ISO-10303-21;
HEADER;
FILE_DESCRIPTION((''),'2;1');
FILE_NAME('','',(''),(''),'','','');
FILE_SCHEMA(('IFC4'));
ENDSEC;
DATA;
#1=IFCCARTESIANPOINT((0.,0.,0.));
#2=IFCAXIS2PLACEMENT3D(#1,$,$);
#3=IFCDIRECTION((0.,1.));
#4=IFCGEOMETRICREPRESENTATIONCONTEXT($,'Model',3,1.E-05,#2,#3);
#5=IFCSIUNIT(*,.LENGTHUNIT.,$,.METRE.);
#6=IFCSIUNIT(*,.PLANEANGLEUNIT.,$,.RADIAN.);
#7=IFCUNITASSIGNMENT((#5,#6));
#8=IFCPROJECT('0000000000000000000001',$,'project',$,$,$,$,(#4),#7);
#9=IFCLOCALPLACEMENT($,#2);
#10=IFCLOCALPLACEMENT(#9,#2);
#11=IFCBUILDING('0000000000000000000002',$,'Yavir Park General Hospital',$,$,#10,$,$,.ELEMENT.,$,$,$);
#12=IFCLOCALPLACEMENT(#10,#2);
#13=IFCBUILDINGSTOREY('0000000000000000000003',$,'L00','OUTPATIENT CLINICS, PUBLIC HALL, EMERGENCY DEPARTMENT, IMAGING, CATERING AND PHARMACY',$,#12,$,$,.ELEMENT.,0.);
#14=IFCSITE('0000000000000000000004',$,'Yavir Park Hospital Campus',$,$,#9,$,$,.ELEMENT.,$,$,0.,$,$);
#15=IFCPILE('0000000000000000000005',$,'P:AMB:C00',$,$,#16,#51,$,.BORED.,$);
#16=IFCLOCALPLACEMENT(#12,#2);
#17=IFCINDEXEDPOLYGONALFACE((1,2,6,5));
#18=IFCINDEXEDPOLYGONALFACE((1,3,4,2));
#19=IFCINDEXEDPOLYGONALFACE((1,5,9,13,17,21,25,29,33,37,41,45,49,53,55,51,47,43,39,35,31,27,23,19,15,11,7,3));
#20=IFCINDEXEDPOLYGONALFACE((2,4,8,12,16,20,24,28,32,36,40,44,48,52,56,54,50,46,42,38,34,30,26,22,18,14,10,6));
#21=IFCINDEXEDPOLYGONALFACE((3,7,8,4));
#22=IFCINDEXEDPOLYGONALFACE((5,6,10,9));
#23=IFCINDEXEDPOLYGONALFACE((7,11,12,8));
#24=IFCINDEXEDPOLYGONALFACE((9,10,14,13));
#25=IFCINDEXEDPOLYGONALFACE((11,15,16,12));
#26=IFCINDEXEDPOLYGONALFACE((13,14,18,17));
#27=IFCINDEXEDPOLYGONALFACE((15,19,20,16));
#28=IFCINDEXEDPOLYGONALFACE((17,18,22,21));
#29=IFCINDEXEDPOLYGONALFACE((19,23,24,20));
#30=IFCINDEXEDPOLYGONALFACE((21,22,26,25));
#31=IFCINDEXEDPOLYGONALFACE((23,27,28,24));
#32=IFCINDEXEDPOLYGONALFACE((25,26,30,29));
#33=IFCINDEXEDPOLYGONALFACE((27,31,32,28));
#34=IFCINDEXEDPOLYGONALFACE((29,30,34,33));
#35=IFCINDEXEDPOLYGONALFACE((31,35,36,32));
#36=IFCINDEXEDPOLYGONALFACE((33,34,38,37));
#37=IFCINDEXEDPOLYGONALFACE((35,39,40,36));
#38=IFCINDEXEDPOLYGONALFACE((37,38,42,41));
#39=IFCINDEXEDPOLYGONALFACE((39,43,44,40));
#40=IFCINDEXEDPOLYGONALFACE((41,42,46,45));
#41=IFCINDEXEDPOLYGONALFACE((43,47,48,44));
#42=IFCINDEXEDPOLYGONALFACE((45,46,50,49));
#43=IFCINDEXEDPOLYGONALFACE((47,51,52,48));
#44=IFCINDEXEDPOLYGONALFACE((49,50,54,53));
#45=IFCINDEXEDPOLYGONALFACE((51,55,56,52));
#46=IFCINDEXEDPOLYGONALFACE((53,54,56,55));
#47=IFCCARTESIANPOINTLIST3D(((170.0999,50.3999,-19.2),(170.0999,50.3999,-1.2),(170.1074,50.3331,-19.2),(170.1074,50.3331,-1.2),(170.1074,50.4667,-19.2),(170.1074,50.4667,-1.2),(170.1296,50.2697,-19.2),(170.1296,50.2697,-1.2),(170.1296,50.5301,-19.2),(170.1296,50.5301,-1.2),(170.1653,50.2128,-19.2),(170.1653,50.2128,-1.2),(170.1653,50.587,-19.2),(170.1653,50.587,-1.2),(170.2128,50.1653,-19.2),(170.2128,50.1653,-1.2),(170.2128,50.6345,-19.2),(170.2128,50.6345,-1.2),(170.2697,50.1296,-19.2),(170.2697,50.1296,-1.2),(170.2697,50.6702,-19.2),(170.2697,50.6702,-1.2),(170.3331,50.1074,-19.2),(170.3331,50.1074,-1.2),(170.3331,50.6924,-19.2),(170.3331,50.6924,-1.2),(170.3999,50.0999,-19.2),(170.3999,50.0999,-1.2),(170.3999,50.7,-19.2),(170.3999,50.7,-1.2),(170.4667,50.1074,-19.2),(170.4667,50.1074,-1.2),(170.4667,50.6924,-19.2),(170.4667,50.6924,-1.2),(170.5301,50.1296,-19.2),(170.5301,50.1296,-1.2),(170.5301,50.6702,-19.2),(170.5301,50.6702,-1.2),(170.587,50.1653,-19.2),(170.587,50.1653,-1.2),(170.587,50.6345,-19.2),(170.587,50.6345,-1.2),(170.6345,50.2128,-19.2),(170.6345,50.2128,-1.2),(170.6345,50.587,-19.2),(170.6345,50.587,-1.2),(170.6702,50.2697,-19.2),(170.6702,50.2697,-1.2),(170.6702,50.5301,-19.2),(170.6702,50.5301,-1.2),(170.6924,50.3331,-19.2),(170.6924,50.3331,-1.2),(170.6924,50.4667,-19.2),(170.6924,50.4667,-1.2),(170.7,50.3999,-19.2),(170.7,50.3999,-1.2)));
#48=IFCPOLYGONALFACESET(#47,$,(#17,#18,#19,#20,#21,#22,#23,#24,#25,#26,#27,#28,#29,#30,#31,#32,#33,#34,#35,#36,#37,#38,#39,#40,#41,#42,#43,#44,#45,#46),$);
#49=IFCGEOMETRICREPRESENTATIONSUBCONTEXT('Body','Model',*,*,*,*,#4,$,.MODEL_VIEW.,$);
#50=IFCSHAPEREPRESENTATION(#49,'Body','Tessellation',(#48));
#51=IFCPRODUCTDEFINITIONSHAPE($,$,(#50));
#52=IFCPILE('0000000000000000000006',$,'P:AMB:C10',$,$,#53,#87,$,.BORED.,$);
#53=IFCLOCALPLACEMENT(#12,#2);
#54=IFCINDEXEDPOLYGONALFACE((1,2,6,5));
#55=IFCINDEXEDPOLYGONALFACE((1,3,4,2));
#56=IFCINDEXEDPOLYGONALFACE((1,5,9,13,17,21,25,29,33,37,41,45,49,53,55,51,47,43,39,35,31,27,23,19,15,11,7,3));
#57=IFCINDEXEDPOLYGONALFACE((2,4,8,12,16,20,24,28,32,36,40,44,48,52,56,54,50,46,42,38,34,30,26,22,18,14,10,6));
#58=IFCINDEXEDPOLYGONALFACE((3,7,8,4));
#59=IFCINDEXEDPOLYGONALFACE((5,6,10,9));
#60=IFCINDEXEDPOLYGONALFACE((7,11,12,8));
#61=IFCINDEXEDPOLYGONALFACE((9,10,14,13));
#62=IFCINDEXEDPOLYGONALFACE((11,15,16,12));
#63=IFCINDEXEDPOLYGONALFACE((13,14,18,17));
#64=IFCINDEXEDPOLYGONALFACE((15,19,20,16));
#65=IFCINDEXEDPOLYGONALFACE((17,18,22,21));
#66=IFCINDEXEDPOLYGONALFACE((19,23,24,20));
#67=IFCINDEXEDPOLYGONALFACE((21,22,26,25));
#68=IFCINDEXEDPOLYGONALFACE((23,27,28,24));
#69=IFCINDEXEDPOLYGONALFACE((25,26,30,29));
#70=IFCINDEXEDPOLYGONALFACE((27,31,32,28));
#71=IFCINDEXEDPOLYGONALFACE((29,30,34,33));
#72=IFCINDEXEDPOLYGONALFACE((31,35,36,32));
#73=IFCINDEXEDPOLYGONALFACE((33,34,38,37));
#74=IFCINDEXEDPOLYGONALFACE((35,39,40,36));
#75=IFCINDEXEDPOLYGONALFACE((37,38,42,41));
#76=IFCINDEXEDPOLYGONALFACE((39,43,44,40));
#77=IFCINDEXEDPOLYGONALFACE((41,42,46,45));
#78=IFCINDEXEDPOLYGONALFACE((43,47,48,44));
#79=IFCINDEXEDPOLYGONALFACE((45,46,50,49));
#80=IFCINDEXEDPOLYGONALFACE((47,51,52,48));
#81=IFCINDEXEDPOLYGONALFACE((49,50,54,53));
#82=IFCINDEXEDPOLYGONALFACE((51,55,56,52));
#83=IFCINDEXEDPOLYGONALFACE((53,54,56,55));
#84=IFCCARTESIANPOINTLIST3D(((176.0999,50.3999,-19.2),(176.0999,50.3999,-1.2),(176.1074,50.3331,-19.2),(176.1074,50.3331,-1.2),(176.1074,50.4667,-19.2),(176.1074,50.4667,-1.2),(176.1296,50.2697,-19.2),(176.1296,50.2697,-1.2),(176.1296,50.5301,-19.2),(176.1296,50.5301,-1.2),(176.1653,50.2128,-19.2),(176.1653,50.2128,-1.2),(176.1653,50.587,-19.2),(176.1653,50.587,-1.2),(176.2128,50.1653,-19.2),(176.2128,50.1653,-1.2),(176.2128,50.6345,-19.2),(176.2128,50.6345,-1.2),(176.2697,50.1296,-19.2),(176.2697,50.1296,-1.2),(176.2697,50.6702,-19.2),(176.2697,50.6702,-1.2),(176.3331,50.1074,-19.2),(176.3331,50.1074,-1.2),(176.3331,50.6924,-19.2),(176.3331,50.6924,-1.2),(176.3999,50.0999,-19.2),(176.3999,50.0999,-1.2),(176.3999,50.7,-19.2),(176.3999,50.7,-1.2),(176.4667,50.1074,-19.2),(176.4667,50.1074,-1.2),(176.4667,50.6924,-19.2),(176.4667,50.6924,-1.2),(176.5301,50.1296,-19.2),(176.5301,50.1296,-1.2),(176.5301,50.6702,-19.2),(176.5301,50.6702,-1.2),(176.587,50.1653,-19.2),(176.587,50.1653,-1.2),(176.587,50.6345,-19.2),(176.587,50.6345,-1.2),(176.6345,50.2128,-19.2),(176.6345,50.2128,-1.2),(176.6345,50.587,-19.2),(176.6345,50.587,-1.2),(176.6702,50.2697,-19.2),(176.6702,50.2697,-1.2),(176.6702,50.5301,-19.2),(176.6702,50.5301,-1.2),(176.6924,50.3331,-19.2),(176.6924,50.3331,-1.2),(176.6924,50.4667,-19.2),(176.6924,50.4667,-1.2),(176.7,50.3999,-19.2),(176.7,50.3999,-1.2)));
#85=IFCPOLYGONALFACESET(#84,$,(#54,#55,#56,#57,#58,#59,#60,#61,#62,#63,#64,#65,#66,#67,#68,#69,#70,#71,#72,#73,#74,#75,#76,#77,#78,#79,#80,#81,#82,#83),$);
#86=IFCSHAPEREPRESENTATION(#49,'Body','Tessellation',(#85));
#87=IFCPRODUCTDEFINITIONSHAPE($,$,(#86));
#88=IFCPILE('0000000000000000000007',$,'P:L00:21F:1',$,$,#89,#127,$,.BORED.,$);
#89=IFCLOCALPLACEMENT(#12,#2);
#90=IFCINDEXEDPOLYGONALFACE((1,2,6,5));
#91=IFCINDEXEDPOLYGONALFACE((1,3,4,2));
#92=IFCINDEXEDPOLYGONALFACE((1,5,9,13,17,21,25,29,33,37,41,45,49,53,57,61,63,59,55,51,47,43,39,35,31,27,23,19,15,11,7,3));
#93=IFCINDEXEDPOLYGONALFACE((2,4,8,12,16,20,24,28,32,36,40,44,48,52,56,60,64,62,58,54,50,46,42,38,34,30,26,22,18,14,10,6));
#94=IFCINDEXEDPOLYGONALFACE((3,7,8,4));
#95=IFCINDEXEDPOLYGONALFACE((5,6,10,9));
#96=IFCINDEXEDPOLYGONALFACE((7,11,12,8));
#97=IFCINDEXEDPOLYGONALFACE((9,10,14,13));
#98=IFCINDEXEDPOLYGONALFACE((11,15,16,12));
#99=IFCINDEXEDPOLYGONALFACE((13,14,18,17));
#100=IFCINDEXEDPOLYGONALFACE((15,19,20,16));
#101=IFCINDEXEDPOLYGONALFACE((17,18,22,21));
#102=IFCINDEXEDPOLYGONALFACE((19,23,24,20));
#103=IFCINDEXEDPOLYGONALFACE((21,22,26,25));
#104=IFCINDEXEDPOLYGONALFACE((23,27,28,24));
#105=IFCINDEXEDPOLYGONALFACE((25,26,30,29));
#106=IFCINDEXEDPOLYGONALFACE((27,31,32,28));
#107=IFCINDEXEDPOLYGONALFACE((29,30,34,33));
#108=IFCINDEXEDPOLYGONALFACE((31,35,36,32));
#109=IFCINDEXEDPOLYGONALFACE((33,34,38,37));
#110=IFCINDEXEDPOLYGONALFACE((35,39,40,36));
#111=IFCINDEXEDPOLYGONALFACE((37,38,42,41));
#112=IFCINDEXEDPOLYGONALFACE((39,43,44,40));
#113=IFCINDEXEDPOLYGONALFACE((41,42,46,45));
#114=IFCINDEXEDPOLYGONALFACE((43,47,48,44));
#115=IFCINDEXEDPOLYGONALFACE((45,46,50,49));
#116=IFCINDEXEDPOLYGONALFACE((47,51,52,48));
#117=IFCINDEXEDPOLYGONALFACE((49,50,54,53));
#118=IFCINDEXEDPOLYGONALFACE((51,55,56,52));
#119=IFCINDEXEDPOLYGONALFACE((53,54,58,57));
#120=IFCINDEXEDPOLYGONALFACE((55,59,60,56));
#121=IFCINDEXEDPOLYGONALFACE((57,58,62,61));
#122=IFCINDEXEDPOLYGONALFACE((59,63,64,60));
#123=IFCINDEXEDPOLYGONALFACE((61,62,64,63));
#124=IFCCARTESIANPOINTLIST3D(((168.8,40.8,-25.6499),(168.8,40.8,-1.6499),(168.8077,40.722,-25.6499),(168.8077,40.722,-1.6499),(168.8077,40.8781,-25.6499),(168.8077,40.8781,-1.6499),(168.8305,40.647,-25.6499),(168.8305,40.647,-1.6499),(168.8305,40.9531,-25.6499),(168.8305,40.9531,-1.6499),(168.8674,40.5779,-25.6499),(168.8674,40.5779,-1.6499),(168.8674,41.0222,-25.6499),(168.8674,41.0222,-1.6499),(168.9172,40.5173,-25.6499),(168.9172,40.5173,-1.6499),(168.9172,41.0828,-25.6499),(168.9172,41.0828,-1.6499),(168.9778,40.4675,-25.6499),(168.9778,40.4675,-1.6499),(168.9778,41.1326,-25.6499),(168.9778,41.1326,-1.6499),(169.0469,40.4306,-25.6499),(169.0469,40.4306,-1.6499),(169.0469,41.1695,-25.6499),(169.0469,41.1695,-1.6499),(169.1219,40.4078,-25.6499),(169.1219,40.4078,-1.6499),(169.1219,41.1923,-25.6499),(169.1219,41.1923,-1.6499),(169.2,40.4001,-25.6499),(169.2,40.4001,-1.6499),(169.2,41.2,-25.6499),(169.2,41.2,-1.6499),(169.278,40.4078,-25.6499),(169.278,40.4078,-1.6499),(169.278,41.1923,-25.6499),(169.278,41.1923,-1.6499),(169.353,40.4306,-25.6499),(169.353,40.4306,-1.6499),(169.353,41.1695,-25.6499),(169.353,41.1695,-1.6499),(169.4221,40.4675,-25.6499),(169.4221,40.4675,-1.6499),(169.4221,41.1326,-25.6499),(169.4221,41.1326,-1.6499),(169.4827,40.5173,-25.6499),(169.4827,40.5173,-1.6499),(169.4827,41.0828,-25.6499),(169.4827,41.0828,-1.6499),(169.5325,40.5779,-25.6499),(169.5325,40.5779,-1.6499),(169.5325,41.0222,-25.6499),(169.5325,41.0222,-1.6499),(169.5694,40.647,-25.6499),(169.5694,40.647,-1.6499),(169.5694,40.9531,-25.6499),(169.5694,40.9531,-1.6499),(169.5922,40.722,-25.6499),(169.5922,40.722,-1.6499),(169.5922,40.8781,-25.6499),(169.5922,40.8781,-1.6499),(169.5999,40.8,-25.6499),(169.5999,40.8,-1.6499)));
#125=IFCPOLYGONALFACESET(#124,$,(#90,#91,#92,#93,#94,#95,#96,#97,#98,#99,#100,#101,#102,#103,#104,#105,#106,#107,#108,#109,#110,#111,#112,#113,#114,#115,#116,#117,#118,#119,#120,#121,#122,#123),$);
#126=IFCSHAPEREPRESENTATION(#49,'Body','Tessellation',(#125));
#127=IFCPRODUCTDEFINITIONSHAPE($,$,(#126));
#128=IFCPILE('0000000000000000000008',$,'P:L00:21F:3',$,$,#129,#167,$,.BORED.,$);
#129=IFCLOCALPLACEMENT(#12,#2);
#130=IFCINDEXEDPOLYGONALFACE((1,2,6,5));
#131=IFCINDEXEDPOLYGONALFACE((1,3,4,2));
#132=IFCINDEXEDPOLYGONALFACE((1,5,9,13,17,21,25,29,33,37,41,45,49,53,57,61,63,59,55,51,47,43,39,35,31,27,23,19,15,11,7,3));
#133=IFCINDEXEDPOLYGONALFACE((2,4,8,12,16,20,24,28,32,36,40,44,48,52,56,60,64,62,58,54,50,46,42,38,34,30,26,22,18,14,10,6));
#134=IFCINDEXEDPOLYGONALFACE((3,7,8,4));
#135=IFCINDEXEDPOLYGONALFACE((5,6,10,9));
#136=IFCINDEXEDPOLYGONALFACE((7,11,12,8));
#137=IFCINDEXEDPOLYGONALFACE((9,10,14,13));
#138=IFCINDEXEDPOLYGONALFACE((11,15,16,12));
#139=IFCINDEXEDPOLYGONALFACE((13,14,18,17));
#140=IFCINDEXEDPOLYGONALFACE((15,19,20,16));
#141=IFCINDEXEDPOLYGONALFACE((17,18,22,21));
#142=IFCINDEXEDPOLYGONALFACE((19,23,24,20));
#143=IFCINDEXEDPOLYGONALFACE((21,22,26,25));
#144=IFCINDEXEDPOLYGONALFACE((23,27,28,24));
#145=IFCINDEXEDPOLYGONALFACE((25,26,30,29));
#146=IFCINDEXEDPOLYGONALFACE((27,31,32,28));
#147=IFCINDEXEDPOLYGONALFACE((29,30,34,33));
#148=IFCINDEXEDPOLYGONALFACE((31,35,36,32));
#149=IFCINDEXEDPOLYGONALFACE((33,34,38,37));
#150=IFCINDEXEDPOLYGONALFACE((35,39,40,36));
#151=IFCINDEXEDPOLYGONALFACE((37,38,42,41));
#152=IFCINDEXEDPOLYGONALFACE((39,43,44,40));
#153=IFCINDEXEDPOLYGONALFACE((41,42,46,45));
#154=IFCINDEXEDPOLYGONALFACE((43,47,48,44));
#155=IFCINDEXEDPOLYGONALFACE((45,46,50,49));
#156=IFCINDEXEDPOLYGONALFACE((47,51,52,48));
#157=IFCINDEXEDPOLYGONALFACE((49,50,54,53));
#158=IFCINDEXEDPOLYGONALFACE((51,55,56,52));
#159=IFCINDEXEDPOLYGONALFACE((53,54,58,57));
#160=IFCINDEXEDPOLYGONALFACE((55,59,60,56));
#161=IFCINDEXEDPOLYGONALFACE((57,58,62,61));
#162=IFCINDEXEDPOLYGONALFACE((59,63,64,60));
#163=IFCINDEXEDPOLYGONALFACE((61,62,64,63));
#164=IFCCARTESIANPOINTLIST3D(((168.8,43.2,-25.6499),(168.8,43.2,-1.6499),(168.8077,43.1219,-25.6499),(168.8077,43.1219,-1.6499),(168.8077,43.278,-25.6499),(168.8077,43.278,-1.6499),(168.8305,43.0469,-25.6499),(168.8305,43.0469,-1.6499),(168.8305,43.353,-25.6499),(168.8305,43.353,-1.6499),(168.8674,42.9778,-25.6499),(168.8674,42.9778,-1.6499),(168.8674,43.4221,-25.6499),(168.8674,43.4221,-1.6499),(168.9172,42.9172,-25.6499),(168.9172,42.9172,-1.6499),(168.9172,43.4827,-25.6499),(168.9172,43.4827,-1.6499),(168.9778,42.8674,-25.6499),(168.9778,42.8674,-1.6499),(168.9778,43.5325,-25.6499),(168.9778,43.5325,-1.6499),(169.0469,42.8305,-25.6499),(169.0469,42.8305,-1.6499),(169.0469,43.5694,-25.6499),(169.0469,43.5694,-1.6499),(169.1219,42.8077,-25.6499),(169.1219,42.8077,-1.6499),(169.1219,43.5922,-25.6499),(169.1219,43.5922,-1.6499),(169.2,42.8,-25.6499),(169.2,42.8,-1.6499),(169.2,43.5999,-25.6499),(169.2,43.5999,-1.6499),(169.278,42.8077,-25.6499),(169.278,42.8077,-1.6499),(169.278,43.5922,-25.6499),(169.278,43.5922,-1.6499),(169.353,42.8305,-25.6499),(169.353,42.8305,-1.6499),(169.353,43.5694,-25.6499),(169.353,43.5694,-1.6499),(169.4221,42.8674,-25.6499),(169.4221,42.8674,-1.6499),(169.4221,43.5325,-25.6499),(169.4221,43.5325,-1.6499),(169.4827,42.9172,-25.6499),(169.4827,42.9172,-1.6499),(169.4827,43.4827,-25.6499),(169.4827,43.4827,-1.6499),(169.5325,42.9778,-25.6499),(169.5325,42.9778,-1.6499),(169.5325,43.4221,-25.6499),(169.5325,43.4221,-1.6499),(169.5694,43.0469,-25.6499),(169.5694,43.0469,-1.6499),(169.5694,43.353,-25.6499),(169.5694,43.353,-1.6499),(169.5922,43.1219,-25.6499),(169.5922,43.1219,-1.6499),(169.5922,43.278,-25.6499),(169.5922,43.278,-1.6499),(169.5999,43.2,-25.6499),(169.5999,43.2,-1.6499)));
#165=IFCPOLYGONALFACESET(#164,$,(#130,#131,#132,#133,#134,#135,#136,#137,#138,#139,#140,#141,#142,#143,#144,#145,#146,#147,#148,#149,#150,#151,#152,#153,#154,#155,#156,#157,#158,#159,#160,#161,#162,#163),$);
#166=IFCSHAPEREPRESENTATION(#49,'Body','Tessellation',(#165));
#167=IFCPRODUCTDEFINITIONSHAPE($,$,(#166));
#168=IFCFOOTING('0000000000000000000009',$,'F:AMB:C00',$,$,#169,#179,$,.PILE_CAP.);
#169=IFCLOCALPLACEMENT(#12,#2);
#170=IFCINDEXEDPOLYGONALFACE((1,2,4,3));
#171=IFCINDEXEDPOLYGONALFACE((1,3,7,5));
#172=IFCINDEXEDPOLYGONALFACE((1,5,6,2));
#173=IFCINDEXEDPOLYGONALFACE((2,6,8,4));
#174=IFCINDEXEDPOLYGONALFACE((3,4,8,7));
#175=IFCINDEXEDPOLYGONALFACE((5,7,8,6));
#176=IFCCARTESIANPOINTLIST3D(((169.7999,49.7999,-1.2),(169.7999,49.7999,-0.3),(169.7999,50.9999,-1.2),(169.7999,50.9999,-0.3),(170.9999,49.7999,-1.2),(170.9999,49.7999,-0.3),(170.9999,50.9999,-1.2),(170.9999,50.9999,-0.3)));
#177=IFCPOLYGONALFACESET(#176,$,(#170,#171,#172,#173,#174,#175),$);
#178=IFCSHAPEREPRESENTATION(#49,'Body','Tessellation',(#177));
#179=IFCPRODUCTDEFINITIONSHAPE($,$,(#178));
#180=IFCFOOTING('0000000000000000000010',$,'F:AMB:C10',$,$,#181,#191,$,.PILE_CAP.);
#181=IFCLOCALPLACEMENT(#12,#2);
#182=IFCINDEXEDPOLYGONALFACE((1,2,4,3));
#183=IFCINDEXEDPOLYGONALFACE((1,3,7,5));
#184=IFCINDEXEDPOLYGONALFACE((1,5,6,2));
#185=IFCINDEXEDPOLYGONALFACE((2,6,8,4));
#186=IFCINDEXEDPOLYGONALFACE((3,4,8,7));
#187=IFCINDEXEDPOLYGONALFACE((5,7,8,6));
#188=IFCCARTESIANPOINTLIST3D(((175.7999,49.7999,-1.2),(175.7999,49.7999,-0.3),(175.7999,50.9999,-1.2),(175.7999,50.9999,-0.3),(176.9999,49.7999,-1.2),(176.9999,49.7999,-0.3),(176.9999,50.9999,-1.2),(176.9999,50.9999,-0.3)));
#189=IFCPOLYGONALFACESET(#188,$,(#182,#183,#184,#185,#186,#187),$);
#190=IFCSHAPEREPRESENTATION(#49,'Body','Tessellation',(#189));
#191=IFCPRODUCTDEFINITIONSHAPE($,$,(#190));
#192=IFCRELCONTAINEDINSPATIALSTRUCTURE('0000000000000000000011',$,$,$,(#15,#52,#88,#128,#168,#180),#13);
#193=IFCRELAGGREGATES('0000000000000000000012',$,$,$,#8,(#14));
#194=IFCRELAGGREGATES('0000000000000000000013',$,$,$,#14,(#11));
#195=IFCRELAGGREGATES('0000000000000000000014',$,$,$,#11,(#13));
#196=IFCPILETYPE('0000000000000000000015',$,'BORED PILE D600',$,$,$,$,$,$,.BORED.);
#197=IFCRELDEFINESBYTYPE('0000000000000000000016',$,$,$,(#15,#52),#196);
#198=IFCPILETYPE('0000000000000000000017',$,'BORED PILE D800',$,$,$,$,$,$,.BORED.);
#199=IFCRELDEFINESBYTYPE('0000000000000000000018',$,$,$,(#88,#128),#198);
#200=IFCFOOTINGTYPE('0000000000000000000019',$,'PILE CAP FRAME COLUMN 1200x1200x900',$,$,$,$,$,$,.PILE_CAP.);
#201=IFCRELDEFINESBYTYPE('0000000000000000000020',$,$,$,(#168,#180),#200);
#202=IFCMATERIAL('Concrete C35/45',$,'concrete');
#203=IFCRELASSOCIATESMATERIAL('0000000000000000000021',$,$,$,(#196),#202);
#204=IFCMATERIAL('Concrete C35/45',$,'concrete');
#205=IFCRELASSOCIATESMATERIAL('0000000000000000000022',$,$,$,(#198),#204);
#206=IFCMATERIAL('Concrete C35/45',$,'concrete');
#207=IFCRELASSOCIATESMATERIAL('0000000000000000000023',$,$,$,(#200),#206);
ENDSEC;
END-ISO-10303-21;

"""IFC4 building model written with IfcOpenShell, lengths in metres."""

from ifc_helpers import new_model, si_unit, direction, frame, origin, origin_2d, place, context, subcontext, project, spatial, rectangle, circle, extrude, material, material_profile, profile_set, type_object, element, save


model = new_model("IFC4")

# Units and contexts
model_context = context("Model", 3, precision=1e-05, world=origin(), true_north=direction((0.0, 1.0)))
body_context = subcontext(model_context, "Body", "Model", "MODEL_VIEW")
ifc_project = project(units=[si_unit("LENGTHUNIT", "METRE"), si_unit("PLANEANGLEUNIT", "RADIAN")], contexts=[model_context])

# Site, building, storey
site_placement = place(None, origin())
site = spatial("IfcSite", under=ifc_project, at=site_placement, Name="Yavir Park Hospital Campus", CompositionType="ELEMENT", RefElevation=0.0)
building_placement = place(site_placement, origin())
building = spatial("IfcBuilding", under=site, at=building_placement, Name="Yavir Park General Hospital", CompositionType="ELEMENT")
storey_placement = place(building_placement, origin())
storey = spatial("IfcBuildingStorey", under=building, at=storey_placement, Name="L00", Description="OUTPATIENT CLINICS, PUBLIC HALL, EMERGENCY DEPARTMENT, IMAGING, CATERING AND PHARMACY", CompositionType="ELEMENT", Elevation=0.0)

# Piles
ifc_material_1 = material(Name="Concrete C35/45", Category="concrete")
ifc_material_profile_1 = material_profile(ifc_material_1, circle(Radius=0.3, at=origin_2d()), Name="D600")
ifc_profile_set_1 = profile_set([ifc_material_profile_1], Name="Concrete C35/45")
pile_type_1 = type_object("IfcPileType", Name="BORED PILE D600", PredefinedType="BORED", material=ifc_profile_set_1)
for number, where, z_axis, x_axis, name in (
    (1, (170.3999, 50.3999, -1.2), (0.0, 0.0, -1.0), (1.0, 0.0, 0.0), "P:AMB:C00"),
    (2, (176.3999, 50.3999, -1.2), (0.0, 0.0, -1.0), (1.0, 0.0, 0.0), "P:AMB:C10"),
):
    element("IfcPile", number, at=place(storey_placement, frame(where, z_axis=z_axis, x_axis=x_axis)), inside=storey, type_object=pile_type_1, Name=name, PredefinedType="BORED", context=body_context, shape_type="SweptSolid", body=[
        extrude(circle(Radius=0.3, at=origin_2d()), origin(), (0.0, 0.0, 1.0), 18.0),
    ])
ifc_material_2 = material(Name="Concrete C35/45", Category="concrete")
ifc_material_profile_2 = material_profile(ifc_material_2, circle(Radius=0.3999, at=origin_2d()), Name="D800")
ifc_profile_set_2 = profile_set([ifc_material_profile_2], Name="Concrete C35/45")
pile_type_2 = type_object("IfcPileType", Name="BORED PILE D800", PredefinedType="BORED", material=ifc_profile_set_2)
for number, where, z_axis, x_axis, name in (
    (3, (169.2, 40.8, -1.6499), (0.0, 0.0, -1.0), (1.0, 0.0, 0.0), "P:L00:21F:1"),
    (4, (169.2, 43.2, -1.6499), (0.0, 0.0, -1.0), (1.0, 0.0, 0.0), "P:L00:21F:3"),
):
    element("IfcPile", number, at=place(storey_placement, frame(where, z_axis=z_axis, x_axis=x_axis)), inside=storey, type_object=pile_type_2, Name=name, PredefinedType="BORED", context=body_context, shape_type="SweptSolid", body=[
        extrude(circle(Radius=0.3999, at=origin_2d()), origin(), (0.0, 0.0, 1.0), 24.0),
    ])

# Footings
ifc_material_3 = material(Name="Concrete C35/45", Category="concrete")
footing_type = type_object("IfcFootingType", Name="PILE CAP FRAME COLUMN 1200x1200x900", PredefinedType="PILE_CAP", material=ifc_material_3)
for number, where, z_axis, x_axis, name in (
    (5, (170.3999, 50.3999, -1.2), (0.0, 0.0, 1.0), (1.0, 0.0, 0.0), "F:AMB:C00"),
    (6, (176.3999, 50.3999, -1.2), (0.0, 0.0, 1.0), (1.0, 0.0, 0.0), "F:AMB:C10"),
):
    element("IfcFooting", number, at=place(storey_placement, frame(where, z_axis=z_axis, x_axis=x_axis)), inside=storey, type_object=footing_type, Name=name, PredefinedType="PILE_CAP", context=body_context, shape_type="SweptSolid", body=[
        extrude(rectangle(XDim=1.2, YDim=1.2, at=origin_2d()), origin(), (0.0, 0.0, 1.0), 0.8999),
    ])

save(model, "model.ifc")
